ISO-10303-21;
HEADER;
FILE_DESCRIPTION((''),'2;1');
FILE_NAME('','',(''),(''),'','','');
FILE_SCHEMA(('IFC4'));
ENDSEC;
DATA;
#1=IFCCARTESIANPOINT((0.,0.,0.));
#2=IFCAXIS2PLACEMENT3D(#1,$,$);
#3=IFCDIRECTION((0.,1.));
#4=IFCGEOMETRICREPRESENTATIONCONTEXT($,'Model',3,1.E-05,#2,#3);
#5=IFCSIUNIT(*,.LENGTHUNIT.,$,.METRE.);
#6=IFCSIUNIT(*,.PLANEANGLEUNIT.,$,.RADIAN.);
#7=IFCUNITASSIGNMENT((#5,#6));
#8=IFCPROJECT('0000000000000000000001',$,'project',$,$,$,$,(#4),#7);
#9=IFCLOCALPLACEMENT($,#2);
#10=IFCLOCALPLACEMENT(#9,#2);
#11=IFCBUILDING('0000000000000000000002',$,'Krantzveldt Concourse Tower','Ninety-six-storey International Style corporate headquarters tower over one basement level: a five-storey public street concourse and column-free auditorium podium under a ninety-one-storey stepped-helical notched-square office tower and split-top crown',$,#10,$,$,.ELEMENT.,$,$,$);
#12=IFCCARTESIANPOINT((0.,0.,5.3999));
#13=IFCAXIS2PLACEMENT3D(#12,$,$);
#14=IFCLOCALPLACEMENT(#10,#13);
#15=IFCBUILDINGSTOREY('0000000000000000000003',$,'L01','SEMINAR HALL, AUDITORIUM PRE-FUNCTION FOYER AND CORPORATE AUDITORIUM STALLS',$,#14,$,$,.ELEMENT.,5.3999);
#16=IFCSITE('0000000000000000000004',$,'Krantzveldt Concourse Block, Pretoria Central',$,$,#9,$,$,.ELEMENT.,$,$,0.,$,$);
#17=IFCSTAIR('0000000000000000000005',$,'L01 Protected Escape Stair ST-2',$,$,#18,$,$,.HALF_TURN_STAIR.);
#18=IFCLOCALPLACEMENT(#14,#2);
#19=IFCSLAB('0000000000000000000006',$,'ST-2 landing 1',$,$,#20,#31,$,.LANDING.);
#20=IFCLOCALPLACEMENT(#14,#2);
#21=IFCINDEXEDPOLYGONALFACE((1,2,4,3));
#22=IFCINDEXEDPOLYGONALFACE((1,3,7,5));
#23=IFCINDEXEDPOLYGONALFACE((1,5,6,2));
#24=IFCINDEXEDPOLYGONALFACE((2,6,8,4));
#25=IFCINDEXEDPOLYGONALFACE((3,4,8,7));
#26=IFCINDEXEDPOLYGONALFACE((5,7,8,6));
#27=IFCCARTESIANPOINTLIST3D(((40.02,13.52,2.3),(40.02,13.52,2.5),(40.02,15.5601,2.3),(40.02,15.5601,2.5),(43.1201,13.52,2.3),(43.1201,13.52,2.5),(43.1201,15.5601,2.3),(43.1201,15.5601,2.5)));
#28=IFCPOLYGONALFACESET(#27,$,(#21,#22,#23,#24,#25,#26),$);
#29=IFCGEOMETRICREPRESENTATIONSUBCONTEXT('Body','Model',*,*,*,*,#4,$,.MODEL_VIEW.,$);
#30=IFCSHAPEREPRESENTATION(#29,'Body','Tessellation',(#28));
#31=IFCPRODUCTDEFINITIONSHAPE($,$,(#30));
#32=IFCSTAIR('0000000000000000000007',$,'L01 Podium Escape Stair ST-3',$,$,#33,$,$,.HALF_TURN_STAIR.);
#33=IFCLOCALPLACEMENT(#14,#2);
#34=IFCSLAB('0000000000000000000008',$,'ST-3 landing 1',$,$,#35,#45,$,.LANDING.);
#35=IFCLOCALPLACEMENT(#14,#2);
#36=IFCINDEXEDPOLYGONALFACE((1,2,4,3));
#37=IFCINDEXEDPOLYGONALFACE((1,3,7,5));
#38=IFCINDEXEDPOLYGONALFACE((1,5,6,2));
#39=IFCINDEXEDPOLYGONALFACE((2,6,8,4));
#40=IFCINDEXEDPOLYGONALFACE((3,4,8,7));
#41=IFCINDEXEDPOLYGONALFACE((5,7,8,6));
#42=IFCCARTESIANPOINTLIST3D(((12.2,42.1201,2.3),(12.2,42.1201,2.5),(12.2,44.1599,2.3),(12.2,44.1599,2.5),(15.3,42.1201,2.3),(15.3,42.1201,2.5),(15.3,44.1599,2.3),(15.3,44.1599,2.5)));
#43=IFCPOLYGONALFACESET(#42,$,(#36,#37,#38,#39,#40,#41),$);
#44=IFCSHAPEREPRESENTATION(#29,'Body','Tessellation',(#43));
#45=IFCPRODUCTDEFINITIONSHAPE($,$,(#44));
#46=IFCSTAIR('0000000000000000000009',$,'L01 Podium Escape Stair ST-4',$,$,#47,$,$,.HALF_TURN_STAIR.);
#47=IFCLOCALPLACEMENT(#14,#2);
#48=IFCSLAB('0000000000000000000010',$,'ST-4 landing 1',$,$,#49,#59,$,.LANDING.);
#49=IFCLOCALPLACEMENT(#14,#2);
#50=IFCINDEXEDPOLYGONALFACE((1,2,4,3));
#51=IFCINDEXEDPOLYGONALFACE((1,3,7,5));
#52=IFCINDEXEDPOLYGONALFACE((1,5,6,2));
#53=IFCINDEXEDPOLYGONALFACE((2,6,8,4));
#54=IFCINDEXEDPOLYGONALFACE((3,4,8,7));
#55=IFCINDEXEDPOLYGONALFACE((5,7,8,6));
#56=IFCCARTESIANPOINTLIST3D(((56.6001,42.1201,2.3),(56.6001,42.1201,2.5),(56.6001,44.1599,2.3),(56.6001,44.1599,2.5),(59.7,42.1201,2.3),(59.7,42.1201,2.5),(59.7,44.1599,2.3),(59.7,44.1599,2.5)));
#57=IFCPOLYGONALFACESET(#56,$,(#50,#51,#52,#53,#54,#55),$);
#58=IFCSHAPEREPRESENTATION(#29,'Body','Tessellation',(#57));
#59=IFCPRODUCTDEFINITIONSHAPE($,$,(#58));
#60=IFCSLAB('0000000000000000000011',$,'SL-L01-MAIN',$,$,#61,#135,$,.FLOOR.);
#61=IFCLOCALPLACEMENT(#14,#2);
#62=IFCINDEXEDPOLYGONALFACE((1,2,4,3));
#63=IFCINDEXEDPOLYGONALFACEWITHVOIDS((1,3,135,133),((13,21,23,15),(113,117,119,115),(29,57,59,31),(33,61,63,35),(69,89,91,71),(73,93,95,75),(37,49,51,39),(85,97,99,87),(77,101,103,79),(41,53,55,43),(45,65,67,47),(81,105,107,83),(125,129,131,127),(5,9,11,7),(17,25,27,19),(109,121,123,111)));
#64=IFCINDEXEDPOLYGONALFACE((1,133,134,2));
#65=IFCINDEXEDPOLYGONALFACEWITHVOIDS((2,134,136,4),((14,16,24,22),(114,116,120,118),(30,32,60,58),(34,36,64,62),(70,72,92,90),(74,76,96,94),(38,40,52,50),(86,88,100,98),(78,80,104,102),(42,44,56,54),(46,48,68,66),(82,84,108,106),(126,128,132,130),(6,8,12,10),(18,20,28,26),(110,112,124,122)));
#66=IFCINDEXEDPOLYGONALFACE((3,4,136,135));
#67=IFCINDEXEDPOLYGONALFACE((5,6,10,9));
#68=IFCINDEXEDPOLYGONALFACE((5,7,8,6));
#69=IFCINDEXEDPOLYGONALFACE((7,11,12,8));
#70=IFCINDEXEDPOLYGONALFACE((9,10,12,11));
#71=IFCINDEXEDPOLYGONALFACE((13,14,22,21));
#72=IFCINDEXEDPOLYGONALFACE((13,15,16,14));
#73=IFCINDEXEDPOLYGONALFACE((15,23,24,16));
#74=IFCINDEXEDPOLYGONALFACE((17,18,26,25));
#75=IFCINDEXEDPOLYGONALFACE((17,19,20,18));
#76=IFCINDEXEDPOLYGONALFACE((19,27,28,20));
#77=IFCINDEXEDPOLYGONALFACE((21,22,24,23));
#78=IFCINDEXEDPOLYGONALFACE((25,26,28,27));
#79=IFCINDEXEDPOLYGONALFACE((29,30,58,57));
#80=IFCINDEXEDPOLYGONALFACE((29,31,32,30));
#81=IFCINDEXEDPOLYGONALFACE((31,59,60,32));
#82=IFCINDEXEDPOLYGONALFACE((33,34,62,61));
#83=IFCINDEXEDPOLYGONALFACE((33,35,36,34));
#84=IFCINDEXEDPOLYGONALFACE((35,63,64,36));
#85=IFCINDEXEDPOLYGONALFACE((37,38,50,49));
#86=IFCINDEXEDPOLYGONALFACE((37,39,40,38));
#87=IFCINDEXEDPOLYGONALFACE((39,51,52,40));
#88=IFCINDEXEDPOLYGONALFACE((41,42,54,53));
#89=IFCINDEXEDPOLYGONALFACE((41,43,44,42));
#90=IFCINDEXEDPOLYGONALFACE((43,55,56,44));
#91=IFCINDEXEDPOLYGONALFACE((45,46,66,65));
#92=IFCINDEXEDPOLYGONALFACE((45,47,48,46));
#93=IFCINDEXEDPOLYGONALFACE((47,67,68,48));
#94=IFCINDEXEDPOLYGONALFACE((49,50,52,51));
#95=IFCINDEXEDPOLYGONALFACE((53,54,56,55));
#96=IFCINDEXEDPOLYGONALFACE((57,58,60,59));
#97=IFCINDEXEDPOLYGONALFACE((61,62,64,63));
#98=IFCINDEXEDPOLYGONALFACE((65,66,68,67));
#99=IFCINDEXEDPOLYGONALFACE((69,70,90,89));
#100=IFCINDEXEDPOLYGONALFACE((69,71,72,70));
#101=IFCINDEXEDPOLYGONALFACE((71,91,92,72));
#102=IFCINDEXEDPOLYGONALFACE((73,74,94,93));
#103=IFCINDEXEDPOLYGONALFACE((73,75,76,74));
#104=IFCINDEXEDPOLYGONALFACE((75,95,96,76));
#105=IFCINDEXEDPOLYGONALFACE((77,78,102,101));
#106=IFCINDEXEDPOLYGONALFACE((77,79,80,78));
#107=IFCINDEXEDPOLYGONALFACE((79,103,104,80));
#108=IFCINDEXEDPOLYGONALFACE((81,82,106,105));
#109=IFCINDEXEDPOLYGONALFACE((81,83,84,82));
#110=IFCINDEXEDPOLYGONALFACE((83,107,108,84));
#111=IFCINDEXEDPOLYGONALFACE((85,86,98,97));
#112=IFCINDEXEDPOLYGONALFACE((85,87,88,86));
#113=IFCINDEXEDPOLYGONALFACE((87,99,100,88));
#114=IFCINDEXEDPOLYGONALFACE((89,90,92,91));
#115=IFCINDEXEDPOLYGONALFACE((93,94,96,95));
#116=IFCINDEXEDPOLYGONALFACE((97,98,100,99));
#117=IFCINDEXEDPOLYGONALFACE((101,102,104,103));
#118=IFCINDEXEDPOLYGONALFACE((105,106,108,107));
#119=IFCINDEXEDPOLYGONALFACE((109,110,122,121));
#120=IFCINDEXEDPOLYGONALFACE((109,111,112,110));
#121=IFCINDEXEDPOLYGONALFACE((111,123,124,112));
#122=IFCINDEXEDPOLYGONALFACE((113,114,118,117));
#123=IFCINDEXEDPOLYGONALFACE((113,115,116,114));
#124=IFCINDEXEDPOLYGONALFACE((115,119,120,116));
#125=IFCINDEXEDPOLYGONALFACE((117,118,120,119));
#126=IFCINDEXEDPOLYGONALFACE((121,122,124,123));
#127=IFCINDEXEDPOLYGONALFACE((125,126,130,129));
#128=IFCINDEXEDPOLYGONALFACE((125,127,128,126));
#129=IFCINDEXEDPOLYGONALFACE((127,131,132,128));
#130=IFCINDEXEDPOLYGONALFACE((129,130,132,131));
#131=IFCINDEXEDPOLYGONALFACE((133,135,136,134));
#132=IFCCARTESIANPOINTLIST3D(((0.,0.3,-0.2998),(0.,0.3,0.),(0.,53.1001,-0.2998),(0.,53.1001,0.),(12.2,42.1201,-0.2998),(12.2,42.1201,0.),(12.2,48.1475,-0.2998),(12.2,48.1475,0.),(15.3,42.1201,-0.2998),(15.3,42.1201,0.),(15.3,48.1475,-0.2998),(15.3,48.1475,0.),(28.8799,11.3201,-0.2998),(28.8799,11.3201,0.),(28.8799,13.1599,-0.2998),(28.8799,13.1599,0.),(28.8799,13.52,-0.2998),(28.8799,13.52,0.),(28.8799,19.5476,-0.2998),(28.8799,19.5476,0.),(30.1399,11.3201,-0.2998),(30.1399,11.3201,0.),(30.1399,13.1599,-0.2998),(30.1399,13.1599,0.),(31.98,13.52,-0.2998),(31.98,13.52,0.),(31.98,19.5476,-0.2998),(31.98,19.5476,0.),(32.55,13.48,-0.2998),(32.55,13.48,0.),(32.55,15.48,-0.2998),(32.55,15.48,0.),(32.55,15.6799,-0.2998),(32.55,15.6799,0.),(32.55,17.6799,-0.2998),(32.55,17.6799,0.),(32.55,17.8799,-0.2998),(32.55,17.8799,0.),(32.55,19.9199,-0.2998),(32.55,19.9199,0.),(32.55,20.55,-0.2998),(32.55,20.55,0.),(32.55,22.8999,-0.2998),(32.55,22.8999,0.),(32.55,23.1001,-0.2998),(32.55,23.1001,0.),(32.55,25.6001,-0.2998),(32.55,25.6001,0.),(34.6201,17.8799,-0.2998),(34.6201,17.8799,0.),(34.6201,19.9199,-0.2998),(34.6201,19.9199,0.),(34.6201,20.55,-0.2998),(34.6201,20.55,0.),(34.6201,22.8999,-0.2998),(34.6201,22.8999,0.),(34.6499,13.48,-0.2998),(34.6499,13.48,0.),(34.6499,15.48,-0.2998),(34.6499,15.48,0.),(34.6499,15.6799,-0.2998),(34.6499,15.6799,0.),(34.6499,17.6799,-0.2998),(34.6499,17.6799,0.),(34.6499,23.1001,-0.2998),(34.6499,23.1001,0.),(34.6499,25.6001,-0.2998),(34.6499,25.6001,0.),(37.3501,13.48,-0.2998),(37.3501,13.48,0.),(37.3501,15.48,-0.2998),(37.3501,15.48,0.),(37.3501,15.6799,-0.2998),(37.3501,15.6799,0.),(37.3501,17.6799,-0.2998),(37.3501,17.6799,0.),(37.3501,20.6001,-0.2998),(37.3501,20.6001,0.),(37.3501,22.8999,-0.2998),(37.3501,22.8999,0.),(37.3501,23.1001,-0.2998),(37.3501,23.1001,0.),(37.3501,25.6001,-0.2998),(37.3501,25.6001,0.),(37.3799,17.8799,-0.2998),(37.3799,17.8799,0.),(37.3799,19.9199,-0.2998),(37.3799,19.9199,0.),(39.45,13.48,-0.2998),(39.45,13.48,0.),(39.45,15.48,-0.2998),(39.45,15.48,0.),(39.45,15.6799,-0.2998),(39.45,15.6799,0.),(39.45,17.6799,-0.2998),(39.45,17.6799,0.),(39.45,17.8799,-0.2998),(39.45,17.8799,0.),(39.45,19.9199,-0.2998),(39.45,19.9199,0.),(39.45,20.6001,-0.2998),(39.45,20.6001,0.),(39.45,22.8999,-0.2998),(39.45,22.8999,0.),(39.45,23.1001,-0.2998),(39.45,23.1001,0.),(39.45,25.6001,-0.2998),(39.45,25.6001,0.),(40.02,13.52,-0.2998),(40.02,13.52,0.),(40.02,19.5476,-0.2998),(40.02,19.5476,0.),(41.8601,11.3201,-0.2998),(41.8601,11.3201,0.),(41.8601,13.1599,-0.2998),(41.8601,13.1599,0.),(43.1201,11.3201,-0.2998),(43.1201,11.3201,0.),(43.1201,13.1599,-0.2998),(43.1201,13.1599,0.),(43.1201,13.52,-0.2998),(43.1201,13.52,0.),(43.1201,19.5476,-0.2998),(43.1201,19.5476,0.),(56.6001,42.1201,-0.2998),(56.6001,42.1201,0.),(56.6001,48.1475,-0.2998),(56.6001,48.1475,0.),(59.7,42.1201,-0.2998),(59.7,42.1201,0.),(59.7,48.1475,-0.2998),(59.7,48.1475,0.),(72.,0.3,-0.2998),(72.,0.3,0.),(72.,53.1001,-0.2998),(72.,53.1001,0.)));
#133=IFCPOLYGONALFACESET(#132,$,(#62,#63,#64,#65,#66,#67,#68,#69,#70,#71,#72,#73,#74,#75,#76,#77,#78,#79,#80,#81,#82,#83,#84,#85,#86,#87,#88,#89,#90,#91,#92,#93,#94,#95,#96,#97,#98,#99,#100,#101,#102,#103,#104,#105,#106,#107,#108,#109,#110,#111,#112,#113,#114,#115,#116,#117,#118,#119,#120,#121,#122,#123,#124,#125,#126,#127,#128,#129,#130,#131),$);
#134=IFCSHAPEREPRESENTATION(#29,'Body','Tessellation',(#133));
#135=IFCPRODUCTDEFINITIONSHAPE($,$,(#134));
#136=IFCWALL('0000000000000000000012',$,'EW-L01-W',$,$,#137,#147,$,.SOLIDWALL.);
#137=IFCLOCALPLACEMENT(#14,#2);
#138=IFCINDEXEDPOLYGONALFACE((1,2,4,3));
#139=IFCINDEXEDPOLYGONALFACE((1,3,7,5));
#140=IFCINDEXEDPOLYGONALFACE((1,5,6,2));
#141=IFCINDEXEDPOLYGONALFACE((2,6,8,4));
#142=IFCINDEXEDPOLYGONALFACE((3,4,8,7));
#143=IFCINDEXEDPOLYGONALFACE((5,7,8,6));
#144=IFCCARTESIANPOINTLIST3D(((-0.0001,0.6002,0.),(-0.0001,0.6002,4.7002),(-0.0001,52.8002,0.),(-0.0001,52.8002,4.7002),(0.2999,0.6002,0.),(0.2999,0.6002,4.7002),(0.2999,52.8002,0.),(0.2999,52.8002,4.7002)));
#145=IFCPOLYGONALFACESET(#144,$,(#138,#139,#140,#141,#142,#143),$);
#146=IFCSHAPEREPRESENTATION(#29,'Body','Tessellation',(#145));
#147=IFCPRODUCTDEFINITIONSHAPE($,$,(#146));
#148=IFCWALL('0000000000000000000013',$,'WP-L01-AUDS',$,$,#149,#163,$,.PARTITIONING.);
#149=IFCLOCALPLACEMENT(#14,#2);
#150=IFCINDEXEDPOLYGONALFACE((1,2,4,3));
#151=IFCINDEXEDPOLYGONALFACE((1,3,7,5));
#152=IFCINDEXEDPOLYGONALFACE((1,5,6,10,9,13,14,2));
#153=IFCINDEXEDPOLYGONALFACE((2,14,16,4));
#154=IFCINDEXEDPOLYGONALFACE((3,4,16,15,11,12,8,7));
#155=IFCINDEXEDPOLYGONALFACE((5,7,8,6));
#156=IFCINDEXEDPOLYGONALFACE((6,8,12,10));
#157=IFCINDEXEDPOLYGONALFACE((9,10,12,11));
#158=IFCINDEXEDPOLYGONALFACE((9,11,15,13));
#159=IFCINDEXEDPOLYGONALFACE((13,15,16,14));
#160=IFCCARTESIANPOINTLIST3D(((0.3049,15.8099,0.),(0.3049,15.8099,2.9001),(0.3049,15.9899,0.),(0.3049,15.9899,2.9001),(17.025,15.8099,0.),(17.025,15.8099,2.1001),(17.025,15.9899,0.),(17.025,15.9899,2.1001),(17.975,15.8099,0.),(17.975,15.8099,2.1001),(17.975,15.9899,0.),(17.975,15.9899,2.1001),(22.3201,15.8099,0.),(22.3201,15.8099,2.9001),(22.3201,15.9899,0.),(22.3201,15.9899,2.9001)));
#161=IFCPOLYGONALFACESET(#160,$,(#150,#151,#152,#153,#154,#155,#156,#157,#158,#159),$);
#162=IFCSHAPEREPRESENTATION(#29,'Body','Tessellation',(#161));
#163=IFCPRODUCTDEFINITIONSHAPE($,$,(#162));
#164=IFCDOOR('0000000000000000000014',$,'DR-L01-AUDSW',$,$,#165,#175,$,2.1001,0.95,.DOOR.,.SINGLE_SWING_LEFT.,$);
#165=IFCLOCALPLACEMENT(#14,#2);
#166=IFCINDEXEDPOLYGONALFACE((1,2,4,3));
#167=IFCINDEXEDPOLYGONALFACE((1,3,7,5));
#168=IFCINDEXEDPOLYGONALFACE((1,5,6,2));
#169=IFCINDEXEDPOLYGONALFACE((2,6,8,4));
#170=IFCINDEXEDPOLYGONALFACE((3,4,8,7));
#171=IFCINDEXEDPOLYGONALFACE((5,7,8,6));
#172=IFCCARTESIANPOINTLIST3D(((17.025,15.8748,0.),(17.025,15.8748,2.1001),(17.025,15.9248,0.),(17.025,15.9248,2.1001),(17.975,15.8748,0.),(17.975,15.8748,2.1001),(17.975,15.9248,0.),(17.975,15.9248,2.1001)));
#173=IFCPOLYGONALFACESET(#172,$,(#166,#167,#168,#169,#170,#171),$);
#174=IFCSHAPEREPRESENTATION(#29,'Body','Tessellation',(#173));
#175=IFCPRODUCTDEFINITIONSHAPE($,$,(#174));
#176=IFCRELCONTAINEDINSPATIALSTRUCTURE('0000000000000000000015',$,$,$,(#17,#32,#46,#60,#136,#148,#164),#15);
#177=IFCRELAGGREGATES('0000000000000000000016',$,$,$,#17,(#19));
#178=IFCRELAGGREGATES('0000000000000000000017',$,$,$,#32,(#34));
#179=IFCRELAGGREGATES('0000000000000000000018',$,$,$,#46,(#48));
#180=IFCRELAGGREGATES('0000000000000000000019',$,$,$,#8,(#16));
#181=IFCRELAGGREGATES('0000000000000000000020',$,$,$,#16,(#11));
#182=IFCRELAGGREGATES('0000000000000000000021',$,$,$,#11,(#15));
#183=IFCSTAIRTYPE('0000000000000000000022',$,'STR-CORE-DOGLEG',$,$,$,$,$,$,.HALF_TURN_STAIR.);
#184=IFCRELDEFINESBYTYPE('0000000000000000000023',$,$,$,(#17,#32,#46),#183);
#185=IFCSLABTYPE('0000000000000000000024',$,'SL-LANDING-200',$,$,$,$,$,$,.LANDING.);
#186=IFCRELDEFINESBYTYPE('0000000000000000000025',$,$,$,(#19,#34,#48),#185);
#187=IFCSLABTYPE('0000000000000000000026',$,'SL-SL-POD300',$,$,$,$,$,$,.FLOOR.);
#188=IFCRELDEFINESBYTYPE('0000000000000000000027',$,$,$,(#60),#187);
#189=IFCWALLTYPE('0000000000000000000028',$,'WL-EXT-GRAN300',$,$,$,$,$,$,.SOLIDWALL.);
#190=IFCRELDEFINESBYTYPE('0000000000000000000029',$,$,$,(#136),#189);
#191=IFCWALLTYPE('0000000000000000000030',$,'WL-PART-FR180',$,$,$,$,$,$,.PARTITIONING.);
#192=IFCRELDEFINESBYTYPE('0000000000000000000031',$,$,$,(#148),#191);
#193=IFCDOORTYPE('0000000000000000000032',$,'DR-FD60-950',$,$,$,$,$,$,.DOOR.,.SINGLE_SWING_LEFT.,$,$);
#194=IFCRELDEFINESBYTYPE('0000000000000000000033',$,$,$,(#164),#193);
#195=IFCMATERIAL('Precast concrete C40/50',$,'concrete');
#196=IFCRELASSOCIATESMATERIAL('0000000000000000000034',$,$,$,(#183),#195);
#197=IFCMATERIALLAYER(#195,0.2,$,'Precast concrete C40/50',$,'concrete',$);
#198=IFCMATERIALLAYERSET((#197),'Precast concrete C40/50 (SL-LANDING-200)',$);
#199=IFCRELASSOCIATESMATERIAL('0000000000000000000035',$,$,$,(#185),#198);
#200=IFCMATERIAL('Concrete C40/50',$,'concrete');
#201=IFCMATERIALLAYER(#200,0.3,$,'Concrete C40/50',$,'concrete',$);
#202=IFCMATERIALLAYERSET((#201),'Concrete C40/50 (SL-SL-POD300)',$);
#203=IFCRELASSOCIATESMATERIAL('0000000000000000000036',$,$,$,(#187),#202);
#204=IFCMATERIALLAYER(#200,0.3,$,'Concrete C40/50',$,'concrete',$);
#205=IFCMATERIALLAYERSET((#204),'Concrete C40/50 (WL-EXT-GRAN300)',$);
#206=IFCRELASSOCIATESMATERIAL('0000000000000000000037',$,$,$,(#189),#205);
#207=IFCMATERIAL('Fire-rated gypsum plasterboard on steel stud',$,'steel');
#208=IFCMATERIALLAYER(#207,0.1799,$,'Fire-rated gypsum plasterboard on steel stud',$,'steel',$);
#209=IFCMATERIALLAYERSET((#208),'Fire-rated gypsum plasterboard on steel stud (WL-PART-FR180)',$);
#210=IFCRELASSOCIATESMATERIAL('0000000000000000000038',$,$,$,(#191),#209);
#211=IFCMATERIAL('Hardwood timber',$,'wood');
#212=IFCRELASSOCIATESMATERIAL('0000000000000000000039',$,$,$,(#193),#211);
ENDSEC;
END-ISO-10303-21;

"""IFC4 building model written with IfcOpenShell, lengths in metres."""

from ifc_helpers import new_model, si_unit, direction, frame, frame_2d, origin, place, context, subcontext, project, spatial, polyline, rectangle, outline, extrude, material, layer, layer_set, type_object, element, fill, aggregate, save


model = new_model("IFC4")

# Units and contexts
model_context = context("Model", 3, precision=1e-05, world=origin(), true_north=direction((0.0, 1.0)))
body_context = subcontext(model_context, "Body", "Model", "MODEL_VIEW")
ifc_project = project(units=[si_unit("LENGTHUNIT", "METRE"), si_unit("PLANEANGLEUNIT", "RADIAN")], contexts=[model_context])

# Site, building, storey
site_placement = place(None, origin())
site = spatial("IfcSite", under=ifc_project, at=site_placement, Name="Krantzveldt Concourse Block, Pretoria Central", CompositionType="ELEMENT", RefElevation=0.0)
building_placement = place(site_placement, origin())
building = spatial("IfcBuilding", under=site, at=building_placement, Name="Krantzveldt Concourse Tower", Description="Ninety-six-storey International Style corporate headquarters tower over one basement level: a five-storey public street concourse and column-free auditorium podium under a ninety-one-storey stepped-helical notched-square office tower and split-top crown", CompositionType="ELEMENT")
storey_placement = place(building_placement, frame((0.0, 0.0, 5.3999)))
storey = spatial("IfcBuildingStorey", under=building, at=storey_placement, Name="L01", Description="SEMINAR HALL, AUDITORIUM PRE-FUNCTION FOYER AND CORPORATE AUDITORIUM STALLS", CompositionType="ELEMENT", Elevation=5.3999)

# Shared definitions
ifc_material_1 = material(Name="Concrete C40/50", Category="concrete")

# Stairs, slabs
ifc_material_2 = material(Name="Precast concrete C40/50", Category="concrete")
stair_type = type_object("IfcStairType", Name="STR-CORE-DOGLEG", PredefinedType="HALF_TURN_STAIR", material=ifc_material_2)
ifc_layer_1 = layer(ifc_material_2, 0.2, Name="Precast concrete C40/50", Category="concrete")
ifc_layer_set_1 = layer_set([ifc_layer_1], Name="Precast concrete C40/50 (SL-LANDING-200)")
slab_type_1 = type_object("IfcSlabType", Name="SL-LANDING-200", PredefinedType="LANDING", material=ifc_layer_set_1)
stair_1_placement = place(storey_placement, origin())
stair_1 = element("IfcStair", 1, at=stair_1_placement, inside=storey, type_object=stair_type, Name="L01 Protected Escape Stair ST-2", PredefinedType="HALF_TURN_STAIR")
slab_1_placement = place(storey_placement, frame((0.0, 0.0, 2.3)))
slab_1 = element("IfcSlab", 2, at=slab_1_placement, type_object=slab_type_1, Name="ST-2 landing 1", PredefinedType="LANDING", context=body_context, shape_type="SweptSolid", body=[
    extrude(outline(polyline([(40.02, 15.5601), (40.02, 13.52), (43.1201, 13.52), (43.1201, 15.5601), (40.02, 15.5601)])), origin(), (0.0, 0.0, 1.0), 0.2),
])
aggregate(stair_1, [slab_1])
stair_2_placement = place(storey_placement, origin())
stair_2 = element("IfcStair", 3, at=stair_2_placement, inside=storey, type_object=stair_type, Name="L01 Podium Escape Stair ST-3", PredefinedType="HALF_TURN_STAIR")
slab_2_placement = place(storey_placement, frame((0.0, 0.0, 2.3)))
slab_2 = element("IfcSlab", 4, at=slab_2_placement, type_object=slab_type_1, Name="ST-3 landing 1", PredefinedType="LANDING", context=body_context, shape_type="SweptSolid", body=[
    extrude(outline(polyline([(12.2, 44.1599), (12.2, 42.1201), (15.3, 42.1201), (15.3, 44.1599), (12.2, 44.1599)])), origin(), (0.0, 0.0, 1.0), 0.2),
])
aggregate(stair_2, [slab_2])
stair_3_placement = place(storey_placement, origin())
stair_3 = element("IfcStair", 5, at=stair_3_placement, inside=storey, type_object=stair_type, Name="L01 Podium Escape Stair ST-4", PredefinedType="HALF_TURN_STAIR")
slab_3_placement = place(storey_placement, frame((0.0, 0.0, 2.3)))
slab_3 = element("IfcSlab", 6, at=slab_3_placement, type_object=slab_type_1, Name="ST-4 landing 1", PredefinedType="LANDING", context=body_context, shape_type="SweptSolid", body=[
    extrude(outline(polyline([(56.6001, 44.1599), (56.6001, 42.1201), (59.7, 42.1201), (59.7, 44.1599), (56.6001, 44.1599)])), origin(), (0.0, 0.0, 1.0), 0.2),
])
aggregate(stair_3, [slab_3])

# Slab
ifc_layer_2 = layer(ifc_material_1, 0.3, Name="Concrete C40/50", Category="concrete")
ifc_layer_set_2 = layer_set([ifc_layer_2], Name="Concrete C40/50 (SL-SL-POD300)")
slab_type_2 = type_object("IfcSlabType", Name="SL-SL-POD300", PredefinedType="FLOOR", material=ifc_layer_set_2)
slab_4_placement = place(storey_placement, frame((0.0, 0.0, -0.2998)))
element("IfcSlab", 7, at=slab_4_placement, inside=storey, type_object=slab_type_2, Name="SL-L01-MAIN", PredefinedType="FLOOR", context=body_context, shape_type="SweptSolid", body=[
    extrude(outline(polyline([(0.0, 0.3), (72.0, 0.3), (72.0, 53.1001), (0.0, 53.1001), (0.0, 0.3)]), holes=[polyline([(28.8799, 19.5476), (28.8799, 13.52), (31.98, 13.52), (31.98, 19.5476), (28.8799, 19.5476)]), polyline([(40.02, 19.5476), (40.02, 13.52), (43.1201, 13.52), (43.1201, 19.5476), (40.02, 19.5476)]), polyline([(12.2, 48.1475), (12.2, 42.1201), (15.3, 42.1201), (15.3, 48.1475), (12.2, 48.1475)]), polyline([(56.6001, 48.1475), (56.6001, 42.1201), (59.7, 42.1201), (59.7, 48.1475), (56.6001, 48.1475)]), polyline([(32.55, 23.1001), (34.6499, 23.1001), (34.6499, 25.6001), (32.55, 25.6001), (32.55, 23.1001)]), polyline([(37.3501, 23.1001), (39.45, 23.1001), (39.45, 25.6001), (37.3501, 25.6001), (37.3501, 23.1001)]), polyline([(37.3501, 20.6001), (39.45, 20.6001), (39.45, 22.8999), (37.3501, 22.8999), (37.3501, 20.6001)]), polyline([(32.55, 13.48), (34.6499, 13.48), (34.6499, 15.48), (32.55, 15.48), (32.55, 13.48)]), polyline([(32.55, 15.6799), (34.6499, 15.6799), (34.6499, 17.6799), (32.55, 17.6799), (32.55, 15.6799)]), polyline([(37.3501, 13.48), (39.45, 13.48), (39.45, 15.48), (37.3501, 15.48), (37.3501, 13.48)]), polyline([(37.3501, 15.6799), (39.45, 15.6799), (39.45, 17.6799), (37.3501, 17.6799), (37.3501, 15.6799)]), polyline([(32.55, 20.55), (34.6201, 20.55), (34.6201, 22.8999), (32.55, 22.8999), (32.55, 20.55)]), polyline([(32.55, 17.8799), (34.6201, 17.8799), (34.6201, 19.9199), (32.55, 19.9199), (32.55, 17.8799)]), polyline([(37.3799, 17.8799), (39.45, 17.8799), (39.45, 19.9199), (37.3799, 19.9199), (37.3799, 17.8799)]), polyline([(28.8799, 11.3201), (30.1399, 11.3201), (30.1399, 13.1599), (28.8799, 13.1599), (28.8799, 11.3201)]), polyline([(41.8601, 11.3201), (43.1201, 11.3201), (43.1201, 13.1599), (41.8601, 13.1599), (41.8601, 11.3201)])]), origin(), (0.0, 0.0, 1.0), 0.2998),
])

# Wall
ifc_layer_3 = layer(ifc_material_1, 0.3, Name="Concrete C40/50", Category="concrete")
ifc_layer_set_3 = layer_set([ifc_layer_3], Name="Concrete C40/50 (WL-EXT-GRAN300)")
wall_type_1 = type_object("IfcWallType", Name="WL-EXT-GRAN300", PredefinedType="SOLIDWALL", material=ifc_layer_set_3)
wall_1_placement = place(storey_placement, frame((0.1499, 0.6001, 0.0), z_axis=(0.0, 0.0, 1.0), x_axis=(0.0, 1.0, 0.0)))
element("IfcWall", 8, at=wall_1_placement, inside=storey, type_object=wall_type_1, Name="EW-L01-W", PredefinedType="SOLIDWALL", context=body_context, shape_type="SweptSolid", body=[
    extrude(rectangle(XDim=52.2, YDim=0.3, at=frame_2d((26.1001, 0.0))), origin(), (0.0, 0.0, 1.0), 4.7002),
])

# Wall, opening, door
ifc_material_3 = material(Name="Fire-rated gypsum plasterboard on steel stud", Category="steel")
ifc_layer_4 = layer(ifc_material_3, 0.1799, Name="Fire-rated gypsum plasterboard on steel stud", Category="steel")
ifc_layer_set_4 = layer_set([ifc_layer_4], Name="Fire-rated gypsum plasterboard on steel stud (WL-PART-FR180)")
wall_type_2 = type_object("IfcWallType", Name="WL-PART-FR180", PredefinedType="PARTITIONING", material=ifc_layer_set_4)
wall_2_placement = place(storey_placement, frame((0.3049, 15.8999, 0.0), z_axis=(0.0, 0.0, 1.0), x_axis=(1.0, 0.0, 0.0)))
wall_2 = element("IfcWall", 9, at=wall_2_placement, inside=storey, type_object=wall_type_2, Name="WP-L01-AUDS", PredefinedType="PARTITIONING", context=body_context, shape_type="SweptSolid", body=[
    extrude(rectangle(XDim=22.0151, YDim=0.1799, at=frame_2d((11.0076, 0.0))), origin(), (0.0, 0.0, 1.0), 2.9001),
])
opening_1_placement = place(wall_2_placement, frame((16.72, 0.0, 0.0)))
opening_1 = element("IfcOpeningElement", 10, at=opening_1_placement, cuts=wall_2, PredefinedType="OPENING", context=body_context, shape_type="SweptSolid", body=[
    extrude(rectangle(XDim=0.95, YDim=2.1001, at=frame_2d((0.4751, 1.05))), frame((0.0, 0.1001, 0.0), z_axis=(0.0, -1.0, 0.0), x_axis=(1.0, 0.0, 0.0)), (0.0, 0.0, 1.0), 0.2),
])
ifc_material_4 = material(Name="Hardwood timber", Category="wood")
door_type_1 = type_object("IfcDoorType", Name="DR-FD60-950", OperationType="SINGLE_SWING_LEFT", PredefinedType="DOOR", material=ifc_material_4)
door_1_placement = place(opening_1_placement, origin())
door_1 = element("IfcDoor", 11, at=door_1_placement, inside=storey, type_object=door_type_1, Name="DR-L01-AUDSW", OperationType="SINGLE_SWING_LEFT", OverallHeight=2.1001, OverallWidth=0.95, PredefinedType="DOOR", context=body_context, shape_type="SweptSolid", body=[
    extrude(rectangle(XDim=0.95, YDim=2.1001, at=frame_2d((0.4751, 1.05))), frame((0.0, 0.0249, 0.0), z_axis=(0.0, -1.0, 0.0), x_axis=(1.0, 0.0, 0.0)), (0.0, 0.0, 1.0), 0.05),
])
fill(opening_1, door_1)

save(model, "model.ifc")
